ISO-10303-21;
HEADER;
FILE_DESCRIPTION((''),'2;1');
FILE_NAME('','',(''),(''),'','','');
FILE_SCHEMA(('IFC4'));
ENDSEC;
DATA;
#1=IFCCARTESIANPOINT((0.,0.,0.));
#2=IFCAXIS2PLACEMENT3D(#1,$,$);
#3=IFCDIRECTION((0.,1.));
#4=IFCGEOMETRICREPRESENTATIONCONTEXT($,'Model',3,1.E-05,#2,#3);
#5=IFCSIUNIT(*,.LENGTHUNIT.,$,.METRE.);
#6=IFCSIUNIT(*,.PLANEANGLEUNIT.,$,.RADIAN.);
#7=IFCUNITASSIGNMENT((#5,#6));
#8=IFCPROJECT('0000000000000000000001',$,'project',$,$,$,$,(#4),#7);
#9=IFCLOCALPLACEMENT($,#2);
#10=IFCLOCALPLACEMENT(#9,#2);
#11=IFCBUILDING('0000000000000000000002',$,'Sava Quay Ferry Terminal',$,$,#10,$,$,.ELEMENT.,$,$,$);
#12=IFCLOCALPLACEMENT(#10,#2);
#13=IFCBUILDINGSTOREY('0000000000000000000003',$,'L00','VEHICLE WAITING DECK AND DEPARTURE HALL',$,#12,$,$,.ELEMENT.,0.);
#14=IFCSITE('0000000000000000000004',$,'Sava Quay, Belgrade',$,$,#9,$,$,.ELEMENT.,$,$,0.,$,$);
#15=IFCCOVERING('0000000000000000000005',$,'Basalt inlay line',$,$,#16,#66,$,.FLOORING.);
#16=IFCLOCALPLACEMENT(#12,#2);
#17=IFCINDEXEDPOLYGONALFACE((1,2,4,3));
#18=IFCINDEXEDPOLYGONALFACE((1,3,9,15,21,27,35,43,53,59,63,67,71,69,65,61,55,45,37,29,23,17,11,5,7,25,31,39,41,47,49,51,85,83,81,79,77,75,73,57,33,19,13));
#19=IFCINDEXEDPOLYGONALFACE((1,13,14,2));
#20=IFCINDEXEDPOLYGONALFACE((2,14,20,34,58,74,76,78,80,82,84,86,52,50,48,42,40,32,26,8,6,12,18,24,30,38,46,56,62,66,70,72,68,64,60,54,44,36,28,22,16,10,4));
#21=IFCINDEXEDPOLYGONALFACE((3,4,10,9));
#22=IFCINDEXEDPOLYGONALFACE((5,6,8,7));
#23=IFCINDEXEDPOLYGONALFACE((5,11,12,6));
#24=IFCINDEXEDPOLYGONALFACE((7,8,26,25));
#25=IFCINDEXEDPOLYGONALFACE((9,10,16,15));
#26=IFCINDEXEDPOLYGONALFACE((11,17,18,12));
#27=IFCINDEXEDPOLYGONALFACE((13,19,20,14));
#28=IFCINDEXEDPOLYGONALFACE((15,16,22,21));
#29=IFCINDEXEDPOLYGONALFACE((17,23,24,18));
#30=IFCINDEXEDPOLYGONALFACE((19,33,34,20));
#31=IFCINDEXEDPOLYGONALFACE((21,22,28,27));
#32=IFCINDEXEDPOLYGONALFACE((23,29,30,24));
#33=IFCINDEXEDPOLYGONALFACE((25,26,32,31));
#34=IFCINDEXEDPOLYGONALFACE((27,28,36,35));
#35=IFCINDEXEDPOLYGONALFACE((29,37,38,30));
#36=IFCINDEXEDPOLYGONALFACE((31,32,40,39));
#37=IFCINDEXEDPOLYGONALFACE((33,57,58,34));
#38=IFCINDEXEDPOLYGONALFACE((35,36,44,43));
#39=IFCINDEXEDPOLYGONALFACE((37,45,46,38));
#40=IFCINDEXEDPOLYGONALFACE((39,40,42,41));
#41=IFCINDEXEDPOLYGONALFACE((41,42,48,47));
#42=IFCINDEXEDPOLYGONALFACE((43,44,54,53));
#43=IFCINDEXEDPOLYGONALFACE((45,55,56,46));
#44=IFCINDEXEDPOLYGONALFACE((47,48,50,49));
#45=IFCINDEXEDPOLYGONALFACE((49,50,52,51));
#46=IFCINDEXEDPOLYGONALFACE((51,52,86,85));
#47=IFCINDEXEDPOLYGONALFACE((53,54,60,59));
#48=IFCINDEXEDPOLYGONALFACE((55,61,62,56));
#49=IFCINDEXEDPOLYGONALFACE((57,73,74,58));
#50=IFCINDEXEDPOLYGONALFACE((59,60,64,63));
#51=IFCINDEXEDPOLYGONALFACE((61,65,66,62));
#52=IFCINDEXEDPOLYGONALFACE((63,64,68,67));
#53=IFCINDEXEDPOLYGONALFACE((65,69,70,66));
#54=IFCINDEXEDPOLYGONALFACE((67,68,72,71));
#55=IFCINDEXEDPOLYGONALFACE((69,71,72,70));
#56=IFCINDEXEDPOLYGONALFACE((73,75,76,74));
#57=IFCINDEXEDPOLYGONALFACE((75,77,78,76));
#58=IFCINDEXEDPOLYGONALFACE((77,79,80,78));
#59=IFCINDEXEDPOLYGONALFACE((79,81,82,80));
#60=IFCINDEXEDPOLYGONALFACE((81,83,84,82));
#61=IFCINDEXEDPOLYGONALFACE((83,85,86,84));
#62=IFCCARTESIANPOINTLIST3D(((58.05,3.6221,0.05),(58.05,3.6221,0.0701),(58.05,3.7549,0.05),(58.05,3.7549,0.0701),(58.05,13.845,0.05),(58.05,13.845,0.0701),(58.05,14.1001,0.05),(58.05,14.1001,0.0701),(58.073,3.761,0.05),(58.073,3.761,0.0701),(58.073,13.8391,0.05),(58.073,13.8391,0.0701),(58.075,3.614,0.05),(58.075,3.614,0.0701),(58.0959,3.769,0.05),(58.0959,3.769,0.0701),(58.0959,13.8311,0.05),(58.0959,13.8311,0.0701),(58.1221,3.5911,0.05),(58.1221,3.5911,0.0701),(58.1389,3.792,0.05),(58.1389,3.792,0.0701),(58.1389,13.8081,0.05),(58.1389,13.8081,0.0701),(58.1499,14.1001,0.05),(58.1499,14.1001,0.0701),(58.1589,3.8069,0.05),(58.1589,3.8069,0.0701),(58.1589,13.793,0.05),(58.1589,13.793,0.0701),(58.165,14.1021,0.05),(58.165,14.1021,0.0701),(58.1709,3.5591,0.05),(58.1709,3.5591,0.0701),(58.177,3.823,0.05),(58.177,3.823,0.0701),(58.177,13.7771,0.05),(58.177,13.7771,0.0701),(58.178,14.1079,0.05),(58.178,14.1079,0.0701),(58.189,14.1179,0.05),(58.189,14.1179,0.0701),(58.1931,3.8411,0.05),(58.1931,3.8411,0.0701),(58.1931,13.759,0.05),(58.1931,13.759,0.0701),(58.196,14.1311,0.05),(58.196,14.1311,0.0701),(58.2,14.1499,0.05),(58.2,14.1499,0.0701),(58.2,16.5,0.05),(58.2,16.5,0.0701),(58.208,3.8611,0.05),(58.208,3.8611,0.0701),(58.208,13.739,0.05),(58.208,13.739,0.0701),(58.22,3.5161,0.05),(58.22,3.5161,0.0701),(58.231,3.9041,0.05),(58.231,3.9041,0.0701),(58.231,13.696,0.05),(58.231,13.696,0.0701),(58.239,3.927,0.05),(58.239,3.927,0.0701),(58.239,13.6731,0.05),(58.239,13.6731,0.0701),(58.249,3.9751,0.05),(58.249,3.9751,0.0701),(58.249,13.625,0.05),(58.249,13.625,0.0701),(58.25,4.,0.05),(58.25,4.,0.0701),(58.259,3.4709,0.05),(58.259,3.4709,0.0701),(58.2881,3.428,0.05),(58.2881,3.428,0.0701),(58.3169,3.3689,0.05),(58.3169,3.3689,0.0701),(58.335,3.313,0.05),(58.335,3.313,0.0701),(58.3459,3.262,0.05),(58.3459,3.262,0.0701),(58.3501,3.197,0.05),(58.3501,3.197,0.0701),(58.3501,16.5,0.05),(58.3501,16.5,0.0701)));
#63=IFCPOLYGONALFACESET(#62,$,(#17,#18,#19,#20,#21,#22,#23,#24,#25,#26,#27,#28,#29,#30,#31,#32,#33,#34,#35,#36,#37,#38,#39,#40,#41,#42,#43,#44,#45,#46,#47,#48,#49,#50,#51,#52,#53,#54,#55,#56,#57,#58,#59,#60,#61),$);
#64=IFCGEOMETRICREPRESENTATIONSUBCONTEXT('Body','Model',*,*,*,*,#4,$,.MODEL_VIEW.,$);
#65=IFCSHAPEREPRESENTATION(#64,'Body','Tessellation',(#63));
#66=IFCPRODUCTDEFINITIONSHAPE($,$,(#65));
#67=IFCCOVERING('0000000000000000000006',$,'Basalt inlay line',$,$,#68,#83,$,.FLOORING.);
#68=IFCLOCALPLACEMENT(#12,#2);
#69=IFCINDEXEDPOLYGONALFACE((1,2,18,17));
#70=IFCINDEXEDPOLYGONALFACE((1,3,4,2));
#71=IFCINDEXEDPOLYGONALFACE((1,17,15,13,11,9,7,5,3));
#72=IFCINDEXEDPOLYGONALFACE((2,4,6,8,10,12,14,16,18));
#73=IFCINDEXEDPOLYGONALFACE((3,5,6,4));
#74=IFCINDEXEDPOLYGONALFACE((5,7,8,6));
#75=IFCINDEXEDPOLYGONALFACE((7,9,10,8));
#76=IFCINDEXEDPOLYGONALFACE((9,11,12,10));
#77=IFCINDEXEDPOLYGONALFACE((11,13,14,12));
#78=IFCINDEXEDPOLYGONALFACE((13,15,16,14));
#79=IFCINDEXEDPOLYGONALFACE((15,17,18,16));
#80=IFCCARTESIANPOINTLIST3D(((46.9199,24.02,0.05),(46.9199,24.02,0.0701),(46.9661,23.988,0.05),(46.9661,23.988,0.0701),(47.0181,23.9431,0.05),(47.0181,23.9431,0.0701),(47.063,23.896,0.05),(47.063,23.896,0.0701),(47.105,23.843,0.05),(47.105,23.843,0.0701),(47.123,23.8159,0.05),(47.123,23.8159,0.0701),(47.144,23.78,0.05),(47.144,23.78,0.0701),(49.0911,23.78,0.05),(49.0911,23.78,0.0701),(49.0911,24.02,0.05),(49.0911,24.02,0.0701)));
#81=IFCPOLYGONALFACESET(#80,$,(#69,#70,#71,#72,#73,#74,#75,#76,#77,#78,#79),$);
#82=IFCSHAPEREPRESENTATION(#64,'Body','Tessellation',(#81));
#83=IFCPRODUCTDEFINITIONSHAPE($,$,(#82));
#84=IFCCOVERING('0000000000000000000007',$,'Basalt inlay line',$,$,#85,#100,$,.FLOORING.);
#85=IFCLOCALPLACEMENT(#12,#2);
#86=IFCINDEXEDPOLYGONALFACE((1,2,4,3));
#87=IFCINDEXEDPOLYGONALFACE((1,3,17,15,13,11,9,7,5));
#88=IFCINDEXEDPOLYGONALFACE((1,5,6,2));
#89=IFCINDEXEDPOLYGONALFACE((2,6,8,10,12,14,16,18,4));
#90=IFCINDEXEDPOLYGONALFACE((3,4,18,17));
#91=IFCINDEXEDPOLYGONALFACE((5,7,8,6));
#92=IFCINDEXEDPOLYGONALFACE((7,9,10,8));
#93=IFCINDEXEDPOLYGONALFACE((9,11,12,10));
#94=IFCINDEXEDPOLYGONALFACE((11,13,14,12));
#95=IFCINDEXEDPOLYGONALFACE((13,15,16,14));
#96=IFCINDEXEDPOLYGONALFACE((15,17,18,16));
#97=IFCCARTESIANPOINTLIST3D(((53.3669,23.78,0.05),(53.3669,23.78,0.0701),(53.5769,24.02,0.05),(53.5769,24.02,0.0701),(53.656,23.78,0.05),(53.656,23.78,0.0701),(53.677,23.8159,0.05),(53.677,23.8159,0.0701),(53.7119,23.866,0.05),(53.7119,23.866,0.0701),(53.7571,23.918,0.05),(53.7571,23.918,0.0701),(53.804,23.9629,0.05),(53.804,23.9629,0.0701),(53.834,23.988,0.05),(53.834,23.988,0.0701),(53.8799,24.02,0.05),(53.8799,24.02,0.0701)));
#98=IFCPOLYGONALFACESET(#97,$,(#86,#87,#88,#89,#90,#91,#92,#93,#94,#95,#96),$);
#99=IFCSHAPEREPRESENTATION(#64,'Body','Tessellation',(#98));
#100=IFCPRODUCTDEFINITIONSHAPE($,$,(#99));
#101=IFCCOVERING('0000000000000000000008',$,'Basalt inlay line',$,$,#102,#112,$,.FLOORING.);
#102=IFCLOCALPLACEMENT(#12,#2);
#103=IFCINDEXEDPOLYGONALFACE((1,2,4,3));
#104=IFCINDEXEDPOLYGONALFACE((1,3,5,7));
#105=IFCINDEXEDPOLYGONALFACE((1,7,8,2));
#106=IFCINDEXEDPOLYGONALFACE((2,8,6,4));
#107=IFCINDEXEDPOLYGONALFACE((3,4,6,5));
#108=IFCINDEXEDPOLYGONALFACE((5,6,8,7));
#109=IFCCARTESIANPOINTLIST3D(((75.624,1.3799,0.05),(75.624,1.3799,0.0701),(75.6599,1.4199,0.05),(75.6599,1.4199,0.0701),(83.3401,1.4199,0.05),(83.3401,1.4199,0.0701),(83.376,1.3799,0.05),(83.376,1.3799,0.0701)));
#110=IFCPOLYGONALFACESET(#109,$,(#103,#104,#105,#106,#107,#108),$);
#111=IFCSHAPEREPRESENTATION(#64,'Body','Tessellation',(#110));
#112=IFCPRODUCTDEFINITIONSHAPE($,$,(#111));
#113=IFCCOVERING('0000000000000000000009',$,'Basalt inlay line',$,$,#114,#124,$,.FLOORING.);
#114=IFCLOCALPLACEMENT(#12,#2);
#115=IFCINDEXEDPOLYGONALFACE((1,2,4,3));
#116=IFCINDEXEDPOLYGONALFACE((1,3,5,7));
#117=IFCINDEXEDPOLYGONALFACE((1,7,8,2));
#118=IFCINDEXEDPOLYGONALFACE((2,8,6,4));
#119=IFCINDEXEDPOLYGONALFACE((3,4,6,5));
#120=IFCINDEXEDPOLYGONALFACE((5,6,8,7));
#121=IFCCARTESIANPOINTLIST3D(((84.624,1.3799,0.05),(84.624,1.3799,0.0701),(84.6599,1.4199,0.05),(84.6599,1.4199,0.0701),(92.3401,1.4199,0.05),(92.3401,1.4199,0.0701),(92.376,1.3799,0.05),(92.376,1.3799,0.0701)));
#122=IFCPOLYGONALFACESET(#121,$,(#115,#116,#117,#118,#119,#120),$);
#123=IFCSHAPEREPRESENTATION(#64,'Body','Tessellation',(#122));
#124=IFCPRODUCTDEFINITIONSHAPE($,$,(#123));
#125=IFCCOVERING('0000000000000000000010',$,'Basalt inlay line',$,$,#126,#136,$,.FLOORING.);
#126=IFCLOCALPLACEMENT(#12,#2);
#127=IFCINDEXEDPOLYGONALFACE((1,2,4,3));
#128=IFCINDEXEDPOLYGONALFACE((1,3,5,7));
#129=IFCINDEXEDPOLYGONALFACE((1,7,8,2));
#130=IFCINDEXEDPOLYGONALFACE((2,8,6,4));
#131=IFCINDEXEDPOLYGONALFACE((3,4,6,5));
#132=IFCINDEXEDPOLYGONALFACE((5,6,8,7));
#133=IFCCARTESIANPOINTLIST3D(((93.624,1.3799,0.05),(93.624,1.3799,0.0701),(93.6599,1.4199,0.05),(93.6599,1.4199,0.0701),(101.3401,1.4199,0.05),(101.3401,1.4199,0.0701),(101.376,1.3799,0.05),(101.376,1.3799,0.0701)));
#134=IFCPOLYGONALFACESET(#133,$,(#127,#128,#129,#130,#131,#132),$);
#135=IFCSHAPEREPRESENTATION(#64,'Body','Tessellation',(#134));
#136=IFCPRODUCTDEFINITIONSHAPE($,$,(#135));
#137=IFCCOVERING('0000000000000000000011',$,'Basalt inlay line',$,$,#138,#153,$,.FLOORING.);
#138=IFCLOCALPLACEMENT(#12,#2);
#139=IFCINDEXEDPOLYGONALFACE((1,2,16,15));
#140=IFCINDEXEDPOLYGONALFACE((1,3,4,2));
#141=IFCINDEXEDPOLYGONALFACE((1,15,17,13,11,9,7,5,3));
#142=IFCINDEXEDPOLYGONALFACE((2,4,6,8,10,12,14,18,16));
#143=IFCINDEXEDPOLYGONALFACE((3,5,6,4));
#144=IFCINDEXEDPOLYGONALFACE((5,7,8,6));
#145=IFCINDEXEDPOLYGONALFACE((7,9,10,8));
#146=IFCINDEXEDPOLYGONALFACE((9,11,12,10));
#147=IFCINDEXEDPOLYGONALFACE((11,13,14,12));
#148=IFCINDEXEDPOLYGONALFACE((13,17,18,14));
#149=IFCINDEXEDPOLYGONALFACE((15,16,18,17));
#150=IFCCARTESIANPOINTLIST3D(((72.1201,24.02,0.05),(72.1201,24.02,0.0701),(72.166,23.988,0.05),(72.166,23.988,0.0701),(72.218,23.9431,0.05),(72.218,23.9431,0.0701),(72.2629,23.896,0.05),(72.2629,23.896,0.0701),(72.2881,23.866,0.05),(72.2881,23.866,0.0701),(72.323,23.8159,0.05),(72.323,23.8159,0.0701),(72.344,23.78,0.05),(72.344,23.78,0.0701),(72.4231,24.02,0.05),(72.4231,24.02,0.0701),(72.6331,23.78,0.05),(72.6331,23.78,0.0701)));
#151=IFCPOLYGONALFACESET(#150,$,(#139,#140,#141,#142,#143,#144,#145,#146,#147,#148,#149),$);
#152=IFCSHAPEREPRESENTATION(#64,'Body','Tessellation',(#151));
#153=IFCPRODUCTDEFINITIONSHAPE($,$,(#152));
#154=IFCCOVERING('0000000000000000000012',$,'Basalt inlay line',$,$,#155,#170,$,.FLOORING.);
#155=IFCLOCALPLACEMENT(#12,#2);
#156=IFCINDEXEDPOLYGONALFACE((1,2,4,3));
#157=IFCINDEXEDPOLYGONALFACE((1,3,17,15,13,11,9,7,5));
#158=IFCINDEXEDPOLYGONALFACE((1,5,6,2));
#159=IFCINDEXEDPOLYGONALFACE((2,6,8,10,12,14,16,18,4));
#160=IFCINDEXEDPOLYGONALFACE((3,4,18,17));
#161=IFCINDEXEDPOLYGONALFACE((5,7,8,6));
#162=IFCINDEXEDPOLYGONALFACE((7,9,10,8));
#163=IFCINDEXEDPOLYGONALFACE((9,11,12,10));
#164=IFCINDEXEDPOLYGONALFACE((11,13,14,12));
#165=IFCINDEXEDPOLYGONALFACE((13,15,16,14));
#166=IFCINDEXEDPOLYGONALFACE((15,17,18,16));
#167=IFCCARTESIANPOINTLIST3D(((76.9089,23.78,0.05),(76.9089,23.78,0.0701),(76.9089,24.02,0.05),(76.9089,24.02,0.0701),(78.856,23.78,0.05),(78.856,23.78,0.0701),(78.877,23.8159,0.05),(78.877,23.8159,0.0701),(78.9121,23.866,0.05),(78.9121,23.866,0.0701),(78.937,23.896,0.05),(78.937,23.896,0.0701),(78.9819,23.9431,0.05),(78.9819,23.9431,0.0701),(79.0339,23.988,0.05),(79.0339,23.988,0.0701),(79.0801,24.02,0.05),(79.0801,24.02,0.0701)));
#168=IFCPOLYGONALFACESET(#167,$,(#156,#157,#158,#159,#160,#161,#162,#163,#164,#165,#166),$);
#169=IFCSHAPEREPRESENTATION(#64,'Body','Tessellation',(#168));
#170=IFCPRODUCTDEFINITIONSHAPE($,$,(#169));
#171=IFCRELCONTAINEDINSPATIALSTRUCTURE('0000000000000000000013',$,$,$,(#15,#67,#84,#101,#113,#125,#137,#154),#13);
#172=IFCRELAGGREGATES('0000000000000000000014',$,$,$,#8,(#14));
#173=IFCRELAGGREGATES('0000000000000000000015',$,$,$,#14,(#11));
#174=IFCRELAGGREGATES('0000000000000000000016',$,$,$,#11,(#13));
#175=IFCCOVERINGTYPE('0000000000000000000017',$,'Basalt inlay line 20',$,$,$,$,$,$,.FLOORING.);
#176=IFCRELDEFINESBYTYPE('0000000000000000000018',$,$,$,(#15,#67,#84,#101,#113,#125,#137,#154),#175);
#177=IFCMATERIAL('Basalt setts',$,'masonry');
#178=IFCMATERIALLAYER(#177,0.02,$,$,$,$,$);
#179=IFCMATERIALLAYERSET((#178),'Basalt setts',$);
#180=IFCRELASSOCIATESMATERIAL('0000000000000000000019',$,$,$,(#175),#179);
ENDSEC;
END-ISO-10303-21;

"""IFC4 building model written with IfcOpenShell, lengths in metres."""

from ifc_helpers import new_model, si_unit, direction, frame, origin, place, context, subcontext, project, spatial, polyline, outline, extrude, material, layer, layer_set, type_object, element, save


model = new_model("IFC4")

# Units and contexts
model_context = context("Model", 3, precision=1e-05, world=origin(), true_north=direction((0.0, 1.0)))
body_context = subcontext(model_context, "Body", "Model", "MODEL_VIEW")
ifc_project = project(units=[si_unit("LENGTHUNIT", "METRE"), si_unit("PLANEANGLEUNIT", "RADIAN")], contexts=[model_context])

# Site, building, storey
site_placement = place(None, origin())
site = spatial("IfcSite", under=ifc_project, at=site_placement, Name="Sava Quay, Belgrade", CompositionType="ELEMENT", RefElevation=0.0)
building_placement = place(site_placement, origin())
building = spatial("IfcBuilding", under=site, at=building_placement, Name="Sava Quay Ferry Terminal", CompositionType="ELEMENT")
storey_placement = place(building_placement, origin())
storey = spatial("IfcBuildingStorey", under=building, at=storey_placement, Name="L00", Description="VEHICLE WAITING DECK AND DEPARTURE HALL", CompositionType="ELEMENT", Elevation=0.0)

# Coverings
ifc_material_1 = material(Name="Basalt setts", Category="masonry")
ifc_layer_1 = layer(ifc_material_1, 0.02)
ifc_layer_set_1 = layer_set([ifc_layer_1], Name="Basalt setts")
covering_type_1 = type_object("IfcCoveringType", Name="Basalt inlay line 20", PredefinedType="FLOORING", material=ifc_layer_set_1)
covering_1_placement = place(storey_placement, frame((0.0, 0.0, 0.05)))
element("IfcCovering", 1, at=covering_1_placement, inside=storey, type_object=covering_type_1, Name="Basalt inlay line", PredefinedType="FLOORING", context=body_context, shape_type="SweptSolid", body=[
    extrude(outline(polyline([(58.073, 3.761), (58.05, 3.7549), (58.05, 3.6221), (58.075, 3.614), (58.1221, 3.5911), (58.1709, 3.5591), (58.22, 3.5161), (58.259, 3.4709), (58.2881, 3.428), (58.3169, 3.3689), (58.335, 3.313), (58.3459, 3.262), (58.3501, 3.197), (58.3501, 16.5), (58.2, 16.5), (58.2, 14.1499), (58.196, 14.1311), (58.189, 14.1179), (58.178, 14.1079), (58.165, 14.1021), (58.1499, 14.1001), (58.05, 14.1001), (58.05, 13.845), (58.073, 13.8391), (58.0959, 13.8311), (58.1389, 13.8081), (58.1589, 13.793), (58.177, 13.7771), (58.1931, 13.759), (58.208, 13.739), (58.231, 13.696), (58.239, 13.6731), (58.249, 13.625), (58.25, 4.0), (58.249, 3.9751), (58.239, 3.927), (58.231, 3.9041), (58.208, 3.8611), (58.1931, 3.8411), (58.177, 3.823), (58.1589, 3.8069), (58.1389, 3.792), (58.0959, 3.769), (58.073, 3.761)])), origin(), (0.0, 0.0, 1.0), 0.02),
])
covering_2_placement = place(storey_placement, frame((0.0, 0.0, 0.05)))
element("IfcCovering", 2, at=covering_2_placement, inside=storey, type_object=covering_type_1, Name="Basalt inlay line", PredefinedType="FLOORING", context=body_context, shape_type="SweptSolid", body=[
    extrude(outline(polyline([(47.105, 23.843), (47.123, 23.8159), (47.144, 23.78), (49.0911, 23.78), (49.0911, 24.02), (46.9199, 24.02), (46.9661, 23.988), (47.0181, 23.9431), (47.063, 23.896), (47.105, 23.843)])), origin(), (0.0, 0.0, 1.0), 0.02),
])
covering_3_placement = place(storey_placement, frame((0.0, 0.0, 0.05)))
element("IfcCovering", 3, at=covering_3_placement, inside=storey, type_object=covering_type_1, Name="Basalt inlay line", PredefinedType="FLOORING", context=body_context, shape_type="SweptSolid", body=[
    extrude(outline(polyline([(53.804, 23.9629), (53.834, 23.988), (53.8799, 24.02), (53.5769, 24.02), (53.3669, 23.78), (53.656, 23.78), (53.677, 23.8159), (53.7119, 23.866), (53.7571, 23.918), (53.804, 23.9629)])), origin(), (0.0, 0.0, 1.0), 0.02),
])
covering_4_placement = place(storey_placement, frame((0.0, 0.0, 0.05)))
element("IfcCovering", 4, at=covering_4_placement, inside=storey, type_object=covering_type_1, Name="Basalt inlay line", PredefinedType="FLOORING", context=body_context, shape_type="SweptSolid", body=[
    extrude(outline(polyline([(75.624, 1.3799), (83.376, 1.3799), (83.3401, 1.4199), (75.6599, 1.4199), (75.624, 1.3799)])), origin(), (0.0, 0.0, 1.0), 0.02),
])
covering_5_placement = place(storey_placement, frame((0.0, 0.0, 0.05)))
element("IfcCovering", 5, at=covering_5_placement, inside=storey, type_object=covering_type_1, Name="Basalt inlay line", PredefinedType="FLOORING", context=body_context, shape_type="SweptSolid", body=[
    extrude(outline(polyline([(84.624, 1.3799), (92.376, 1.3799), (92.3401, 1.4199), (84.6599, 1.4199), (84.624, 1.3799)])), origin(), (0.0, 0.0, 1.0), 0.02),
])
covering_6_placement = place(storey_placement, frame((0.0, 0.0, 0.05)))
element("IfcCovering", 6, at=covering_6_placement, inside=storey, type_object=covering_type_1, Name="Basalt inlay line", PredefinedType="FLOORING", context=body_context, shape_type="SweptSolid", body=[
    extrude(outline(polyline([(93.624, 1.3799), (101.376, 1.3799), (101.3401, 1.4199), (93.6599, 1.4199), (93.624, 1.3799)])), origin(), (0.0, 0.0, 1.0), 0.02),
])
covering_7_placement = place(storey_placement, frame((0.0, 0.0, 0.05)))
element("IfcCovering", 7, at=covering_7_placement, inside=storey, type_object=covering_type_1, Name="Basalt inlay line", PredefinedType="FLOORING", context=body_context, shape_type="SweptSolid", body=[
    extrude(outline(polyline([(72.2881, 23.866), (72.323, 23.8159), (72.344, 23.78), (72.6331, 23.78), (72.4231, 24.02), (72.1201, 24.02), (72.166, 23.988), (72.218, 23.9431), (72.2629, 23.896), (72.2881, 23.866)])), origin(), (0.0, 0.0, 1.0), 0.02),
])
covering_8_placement = place(storey_placement, frame((0.0, 0.0, 0.05)))
element("IfcCovering", 8, at=covering_8_placement, inside=storey, type_object=covering_type_1, Name="Basalt inlay line", PredefinedType="FLOORING", context=body_context, shape_type="SweptSolid", body=[
    extrude(outline(polyline([(78.9121, 23.866), (78.937, 23.896), (78.9819, 23.9431), (79.0339, 23.988), (79.0801, 24.02), (76.9089, 24.02), (76.9089, 23.78), (78.856, 23.78), (78.877, 23.8159), (78.9121, 23.866)])), origin(), (0.0, 0.0, 1.0), 0.02),
])

save(model, "model.ifc")
